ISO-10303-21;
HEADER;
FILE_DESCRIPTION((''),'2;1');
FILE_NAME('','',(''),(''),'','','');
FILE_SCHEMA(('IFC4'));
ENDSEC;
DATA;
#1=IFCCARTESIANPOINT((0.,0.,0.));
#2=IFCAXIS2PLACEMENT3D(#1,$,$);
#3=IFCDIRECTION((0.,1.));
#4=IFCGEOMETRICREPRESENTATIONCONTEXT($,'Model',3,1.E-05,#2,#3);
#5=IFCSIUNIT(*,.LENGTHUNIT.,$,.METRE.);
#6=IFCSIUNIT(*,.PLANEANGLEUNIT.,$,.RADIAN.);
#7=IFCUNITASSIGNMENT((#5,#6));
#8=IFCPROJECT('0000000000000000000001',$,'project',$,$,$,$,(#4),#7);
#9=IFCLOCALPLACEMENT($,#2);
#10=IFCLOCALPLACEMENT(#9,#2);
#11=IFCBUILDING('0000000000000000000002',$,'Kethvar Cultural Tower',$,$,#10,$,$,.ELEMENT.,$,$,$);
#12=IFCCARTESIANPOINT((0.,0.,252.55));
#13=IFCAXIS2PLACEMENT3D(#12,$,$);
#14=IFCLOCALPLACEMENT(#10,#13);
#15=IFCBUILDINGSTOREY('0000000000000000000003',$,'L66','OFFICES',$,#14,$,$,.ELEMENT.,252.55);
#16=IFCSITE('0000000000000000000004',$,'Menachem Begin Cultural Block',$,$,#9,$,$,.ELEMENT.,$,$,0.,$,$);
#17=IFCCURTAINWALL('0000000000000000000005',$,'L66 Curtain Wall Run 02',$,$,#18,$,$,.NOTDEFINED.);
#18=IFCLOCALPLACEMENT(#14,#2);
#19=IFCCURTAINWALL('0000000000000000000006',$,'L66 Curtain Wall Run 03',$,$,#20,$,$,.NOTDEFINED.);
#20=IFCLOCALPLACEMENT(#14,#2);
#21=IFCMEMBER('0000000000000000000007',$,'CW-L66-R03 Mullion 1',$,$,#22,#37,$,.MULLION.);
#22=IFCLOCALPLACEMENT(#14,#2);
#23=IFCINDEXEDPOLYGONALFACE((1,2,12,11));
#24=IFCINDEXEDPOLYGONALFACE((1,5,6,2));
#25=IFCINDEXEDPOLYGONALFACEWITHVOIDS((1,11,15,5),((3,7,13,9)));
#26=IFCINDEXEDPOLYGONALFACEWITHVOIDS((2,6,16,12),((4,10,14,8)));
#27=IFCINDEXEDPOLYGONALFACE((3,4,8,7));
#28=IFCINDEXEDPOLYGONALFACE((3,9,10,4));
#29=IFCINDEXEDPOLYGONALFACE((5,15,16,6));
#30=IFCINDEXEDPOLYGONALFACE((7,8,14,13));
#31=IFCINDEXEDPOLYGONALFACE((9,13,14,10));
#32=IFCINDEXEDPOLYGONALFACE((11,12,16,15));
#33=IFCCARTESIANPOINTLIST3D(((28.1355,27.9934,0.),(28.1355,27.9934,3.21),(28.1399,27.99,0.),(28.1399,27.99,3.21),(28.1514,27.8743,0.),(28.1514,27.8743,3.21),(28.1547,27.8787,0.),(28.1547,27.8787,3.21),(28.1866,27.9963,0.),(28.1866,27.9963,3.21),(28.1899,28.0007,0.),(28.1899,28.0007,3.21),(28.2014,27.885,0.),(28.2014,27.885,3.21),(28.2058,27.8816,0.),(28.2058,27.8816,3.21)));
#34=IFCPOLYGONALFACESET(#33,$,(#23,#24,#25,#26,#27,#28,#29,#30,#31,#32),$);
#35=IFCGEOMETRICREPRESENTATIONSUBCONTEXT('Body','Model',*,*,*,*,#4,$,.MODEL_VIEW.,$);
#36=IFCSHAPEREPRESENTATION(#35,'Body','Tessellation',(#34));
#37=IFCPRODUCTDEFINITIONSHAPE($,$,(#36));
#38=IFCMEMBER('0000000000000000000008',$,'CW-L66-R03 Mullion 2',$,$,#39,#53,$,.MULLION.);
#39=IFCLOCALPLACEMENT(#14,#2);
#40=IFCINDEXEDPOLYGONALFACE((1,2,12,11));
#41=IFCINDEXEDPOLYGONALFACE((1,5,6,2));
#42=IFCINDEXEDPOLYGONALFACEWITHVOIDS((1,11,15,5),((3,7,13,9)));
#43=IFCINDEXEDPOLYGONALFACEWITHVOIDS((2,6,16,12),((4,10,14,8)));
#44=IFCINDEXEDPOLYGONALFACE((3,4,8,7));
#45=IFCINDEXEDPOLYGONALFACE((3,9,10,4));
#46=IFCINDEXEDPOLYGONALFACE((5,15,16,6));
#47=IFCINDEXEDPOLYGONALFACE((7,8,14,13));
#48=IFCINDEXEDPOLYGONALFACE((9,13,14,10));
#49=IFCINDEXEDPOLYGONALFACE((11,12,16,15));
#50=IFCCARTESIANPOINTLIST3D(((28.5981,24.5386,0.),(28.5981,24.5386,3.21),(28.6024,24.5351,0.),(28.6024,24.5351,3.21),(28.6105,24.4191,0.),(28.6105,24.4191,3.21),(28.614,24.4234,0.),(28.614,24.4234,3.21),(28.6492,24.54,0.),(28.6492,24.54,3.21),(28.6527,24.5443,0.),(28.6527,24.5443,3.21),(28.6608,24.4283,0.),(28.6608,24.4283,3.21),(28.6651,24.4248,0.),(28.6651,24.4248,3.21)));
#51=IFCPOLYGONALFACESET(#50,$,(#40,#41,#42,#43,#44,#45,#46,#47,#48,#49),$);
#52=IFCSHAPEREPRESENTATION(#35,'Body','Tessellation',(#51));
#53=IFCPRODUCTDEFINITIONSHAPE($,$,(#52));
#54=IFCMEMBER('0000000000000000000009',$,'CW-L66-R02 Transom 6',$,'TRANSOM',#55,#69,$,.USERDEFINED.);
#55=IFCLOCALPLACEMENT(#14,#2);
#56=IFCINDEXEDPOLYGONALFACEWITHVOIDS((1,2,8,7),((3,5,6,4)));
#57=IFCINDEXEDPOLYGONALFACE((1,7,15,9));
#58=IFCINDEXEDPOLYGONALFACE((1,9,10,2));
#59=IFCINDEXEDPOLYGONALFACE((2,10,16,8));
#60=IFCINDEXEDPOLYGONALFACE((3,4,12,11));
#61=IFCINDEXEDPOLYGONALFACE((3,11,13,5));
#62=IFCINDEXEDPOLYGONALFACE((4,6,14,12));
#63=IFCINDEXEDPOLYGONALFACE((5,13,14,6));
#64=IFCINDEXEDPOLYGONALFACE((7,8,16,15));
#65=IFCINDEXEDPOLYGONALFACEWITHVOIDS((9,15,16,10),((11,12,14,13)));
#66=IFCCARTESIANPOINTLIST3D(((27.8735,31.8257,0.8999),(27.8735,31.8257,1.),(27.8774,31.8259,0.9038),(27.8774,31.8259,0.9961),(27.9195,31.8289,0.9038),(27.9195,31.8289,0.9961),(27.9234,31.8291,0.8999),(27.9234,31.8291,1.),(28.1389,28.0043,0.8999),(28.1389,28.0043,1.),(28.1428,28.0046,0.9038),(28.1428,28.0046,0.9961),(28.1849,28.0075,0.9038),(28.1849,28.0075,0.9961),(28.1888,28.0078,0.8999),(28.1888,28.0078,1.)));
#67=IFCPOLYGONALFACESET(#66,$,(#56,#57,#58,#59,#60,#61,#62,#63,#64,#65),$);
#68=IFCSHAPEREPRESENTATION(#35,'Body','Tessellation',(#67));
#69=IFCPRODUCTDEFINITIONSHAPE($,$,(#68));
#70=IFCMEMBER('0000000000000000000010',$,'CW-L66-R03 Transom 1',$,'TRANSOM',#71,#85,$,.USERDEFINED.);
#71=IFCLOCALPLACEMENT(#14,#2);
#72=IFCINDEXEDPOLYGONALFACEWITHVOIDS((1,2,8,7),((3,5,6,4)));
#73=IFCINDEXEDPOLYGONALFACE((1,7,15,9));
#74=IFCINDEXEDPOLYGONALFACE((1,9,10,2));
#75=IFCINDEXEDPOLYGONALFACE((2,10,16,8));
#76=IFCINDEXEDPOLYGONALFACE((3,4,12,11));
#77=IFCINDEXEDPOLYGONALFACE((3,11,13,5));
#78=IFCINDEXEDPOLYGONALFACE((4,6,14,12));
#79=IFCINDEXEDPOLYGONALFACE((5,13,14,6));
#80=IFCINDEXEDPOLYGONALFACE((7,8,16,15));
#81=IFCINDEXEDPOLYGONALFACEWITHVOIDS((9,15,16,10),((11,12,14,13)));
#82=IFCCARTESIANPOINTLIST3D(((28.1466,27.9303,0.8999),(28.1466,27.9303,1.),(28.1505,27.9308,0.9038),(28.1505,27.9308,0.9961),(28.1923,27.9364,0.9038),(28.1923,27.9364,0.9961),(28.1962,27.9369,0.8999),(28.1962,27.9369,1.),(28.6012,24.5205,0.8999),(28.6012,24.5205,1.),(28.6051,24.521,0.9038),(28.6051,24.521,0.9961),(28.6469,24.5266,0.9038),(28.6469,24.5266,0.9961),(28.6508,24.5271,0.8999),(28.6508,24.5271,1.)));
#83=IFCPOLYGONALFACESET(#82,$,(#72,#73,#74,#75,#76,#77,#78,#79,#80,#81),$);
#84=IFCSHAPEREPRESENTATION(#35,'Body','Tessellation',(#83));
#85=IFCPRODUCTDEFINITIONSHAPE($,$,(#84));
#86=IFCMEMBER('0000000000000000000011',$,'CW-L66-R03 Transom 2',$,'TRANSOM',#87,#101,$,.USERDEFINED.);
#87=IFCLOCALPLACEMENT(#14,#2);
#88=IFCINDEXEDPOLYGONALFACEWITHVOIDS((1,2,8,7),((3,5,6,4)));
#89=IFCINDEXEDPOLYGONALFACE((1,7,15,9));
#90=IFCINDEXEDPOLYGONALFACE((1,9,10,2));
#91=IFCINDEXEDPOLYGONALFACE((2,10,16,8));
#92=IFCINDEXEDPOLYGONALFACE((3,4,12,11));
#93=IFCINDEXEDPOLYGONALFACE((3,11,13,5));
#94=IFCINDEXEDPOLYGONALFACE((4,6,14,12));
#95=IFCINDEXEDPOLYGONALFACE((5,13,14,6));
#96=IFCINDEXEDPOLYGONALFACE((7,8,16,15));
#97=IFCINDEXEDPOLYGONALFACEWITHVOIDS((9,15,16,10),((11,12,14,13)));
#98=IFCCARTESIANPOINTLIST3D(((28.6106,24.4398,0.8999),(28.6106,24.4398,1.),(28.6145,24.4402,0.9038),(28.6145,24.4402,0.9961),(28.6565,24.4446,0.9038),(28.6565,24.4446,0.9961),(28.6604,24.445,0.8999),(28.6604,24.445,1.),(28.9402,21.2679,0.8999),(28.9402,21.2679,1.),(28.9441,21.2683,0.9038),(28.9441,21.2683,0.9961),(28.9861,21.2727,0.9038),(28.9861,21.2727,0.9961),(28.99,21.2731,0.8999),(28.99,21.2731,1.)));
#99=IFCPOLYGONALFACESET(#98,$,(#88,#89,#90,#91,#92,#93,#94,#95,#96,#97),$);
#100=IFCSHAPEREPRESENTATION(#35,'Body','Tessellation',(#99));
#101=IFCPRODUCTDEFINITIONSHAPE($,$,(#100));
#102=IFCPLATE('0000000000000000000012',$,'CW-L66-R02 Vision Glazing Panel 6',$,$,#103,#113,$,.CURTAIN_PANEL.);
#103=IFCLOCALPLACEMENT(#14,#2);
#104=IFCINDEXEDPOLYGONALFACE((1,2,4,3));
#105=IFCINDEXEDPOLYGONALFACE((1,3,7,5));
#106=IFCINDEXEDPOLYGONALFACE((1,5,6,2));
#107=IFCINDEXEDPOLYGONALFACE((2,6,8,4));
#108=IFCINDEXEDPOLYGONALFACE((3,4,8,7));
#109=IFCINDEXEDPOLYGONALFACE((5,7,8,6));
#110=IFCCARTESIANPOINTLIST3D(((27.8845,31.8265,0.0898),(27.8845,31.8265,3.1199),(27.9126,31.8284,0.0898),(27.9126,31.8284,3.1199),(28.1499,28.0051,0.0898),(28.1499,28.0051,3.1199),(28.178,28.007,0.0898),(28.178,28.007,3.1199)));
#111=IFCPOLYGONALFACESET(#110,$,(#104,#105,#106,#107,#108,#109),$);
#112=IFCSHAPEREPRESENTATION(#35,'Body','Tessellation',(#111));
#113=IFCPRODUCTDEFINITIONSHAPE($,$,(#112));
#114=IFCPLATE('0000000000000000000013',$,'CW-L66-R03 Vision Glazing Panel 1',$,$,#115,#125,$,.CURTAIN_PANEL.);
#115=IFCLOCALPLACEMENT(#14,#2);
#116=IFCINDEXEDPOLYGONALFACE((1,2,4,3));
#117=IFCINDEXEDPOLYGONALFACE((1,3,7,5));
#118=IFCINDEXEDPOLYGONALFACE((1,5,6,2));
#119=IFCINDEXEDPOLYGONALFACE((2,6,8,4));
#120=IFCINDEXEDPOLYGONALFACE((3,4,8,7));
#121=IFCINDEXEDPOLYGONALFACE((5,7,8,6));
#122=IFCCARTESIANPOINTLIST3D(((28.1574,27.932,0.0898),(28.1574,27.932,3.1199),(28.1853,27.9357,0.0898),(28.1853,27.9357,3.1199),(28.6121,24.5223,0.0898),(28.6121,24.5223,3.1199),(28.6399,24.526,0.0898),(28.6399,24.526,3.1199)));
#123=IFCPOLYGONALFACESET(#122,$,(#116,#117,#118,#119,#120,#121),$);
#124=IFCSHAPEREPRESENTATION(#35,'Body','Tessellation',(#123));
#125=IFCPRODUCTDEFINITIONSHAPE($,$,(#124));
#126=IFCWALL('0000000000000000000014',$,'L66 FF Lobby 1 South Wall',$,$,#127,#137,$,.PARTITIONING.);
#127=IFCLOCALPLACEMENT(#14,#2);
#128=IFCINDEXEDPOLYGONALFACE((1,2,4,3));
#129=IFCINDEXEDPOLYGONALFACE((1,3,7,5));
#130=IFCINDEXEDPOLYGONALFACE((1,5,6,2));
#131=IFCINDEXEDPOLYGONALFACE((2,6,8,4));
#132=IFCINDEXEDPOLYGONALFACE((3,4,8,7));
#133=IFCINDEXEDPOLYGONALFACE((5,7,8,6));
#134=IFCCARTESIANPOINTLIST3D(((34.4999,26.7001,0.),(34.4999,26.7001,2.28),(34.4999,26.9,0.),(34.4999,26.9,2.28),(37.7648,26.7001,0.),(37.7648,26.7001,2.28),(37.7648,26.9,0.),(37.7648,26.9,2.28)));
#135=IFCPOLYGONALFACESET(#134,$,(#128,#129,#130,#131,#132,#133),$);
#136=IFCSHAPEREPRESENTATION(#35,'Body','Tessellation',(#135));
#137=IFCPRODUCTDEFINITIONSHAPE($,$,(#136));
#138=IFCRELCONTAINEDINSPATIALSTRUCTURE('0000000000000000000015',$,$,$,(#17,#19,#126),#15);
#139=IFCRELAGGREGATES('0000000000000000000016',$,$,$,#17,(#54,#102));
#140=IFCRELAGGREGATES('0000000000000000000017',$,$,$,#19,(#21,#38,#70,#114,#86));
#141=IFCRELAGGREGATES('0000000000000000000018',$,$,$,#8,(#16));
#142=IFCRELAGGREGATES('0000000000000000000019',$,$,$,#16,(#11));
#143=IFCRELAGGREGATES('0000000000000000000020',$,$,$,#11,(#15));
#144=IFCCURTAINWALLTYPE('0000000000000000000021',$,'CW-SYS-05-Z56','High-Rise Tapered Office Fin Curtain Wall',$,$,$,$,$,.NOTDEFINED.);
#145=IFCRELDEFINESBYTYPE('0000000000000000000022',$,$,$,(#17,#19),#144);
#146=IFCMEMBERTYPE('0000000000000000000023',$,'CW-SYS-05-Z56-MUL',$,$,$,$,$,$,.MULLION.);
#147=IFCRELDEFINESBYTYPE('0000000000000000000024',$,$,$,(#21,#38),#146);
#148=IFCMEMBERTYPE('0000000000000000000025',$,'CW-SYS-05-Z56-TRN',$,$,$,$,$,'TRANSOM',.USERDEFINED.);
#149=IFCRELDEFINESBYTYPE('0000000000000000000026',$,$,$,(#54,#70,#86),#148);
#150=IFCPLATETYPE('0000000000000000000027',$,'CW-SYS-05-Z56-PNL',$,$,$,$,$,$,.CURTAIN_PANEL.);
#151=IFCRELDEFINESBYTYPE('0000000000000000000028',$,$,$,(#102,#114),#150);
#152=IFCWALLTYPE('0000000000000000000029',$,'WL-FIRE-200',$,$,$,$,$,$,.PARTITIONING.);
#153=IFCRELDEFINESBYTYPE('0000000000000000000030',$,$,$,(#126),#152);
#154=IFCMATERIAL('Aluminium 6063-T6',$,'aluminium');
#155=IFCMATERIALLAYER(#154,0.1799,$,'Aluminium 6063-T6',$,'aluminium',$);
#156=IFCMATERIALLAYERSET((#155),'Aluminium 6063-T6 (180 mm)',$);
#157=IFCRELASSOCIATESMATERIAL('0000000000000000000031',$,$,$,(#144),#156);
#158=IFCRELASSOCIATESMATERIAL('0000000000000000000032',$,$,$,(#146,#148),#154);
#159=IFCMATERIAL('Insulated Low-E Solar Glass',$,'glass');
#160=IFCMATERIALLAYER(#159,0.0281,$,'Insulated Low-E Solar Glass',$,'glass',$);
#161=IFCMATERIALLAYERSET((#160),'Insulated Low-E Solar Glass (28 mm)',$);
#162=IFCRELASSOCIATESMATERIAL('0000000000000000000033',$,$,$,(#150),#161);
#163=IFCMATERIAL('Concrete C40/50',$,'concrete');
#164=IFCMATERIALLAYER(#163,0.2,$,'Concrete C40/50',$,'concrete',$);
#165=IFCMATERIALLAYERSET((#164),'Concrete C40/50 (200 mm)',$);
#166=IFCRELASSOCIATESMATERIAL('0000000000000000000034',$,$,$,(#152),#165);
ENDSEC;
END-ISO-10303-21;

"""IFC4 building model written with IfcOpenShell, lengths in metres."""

from ifc_helpers import new_model, si_unit, direction, frame, frame_2d, origin, origin_2d, place, context, subcontext, project, spatial, rectangle, hollow_rectangle, extrude, source, transform, mapped, material, layer, layer_set, material_profile, profile_set, type_object, element, aggregate, save


model = new_model("IFC4")

# Units and contexts
model_context = context("Model", 3, precision=1e-05, world=origin(), true_north=direction((0.0, 1.0)))
body_context = subcontext(model_context, "Body", "Model", "MODEL_VIEW")
ifc_project = project(units=[si_unit("LENGTHUNIT", "METRE"), si_unit("PLANEANGLEUNIT", "RADIAN")], contexts=[model_context])

# Site, building, storey
site_placement = place(None, origin())
site = spatial("IfcSite", under=ifc_project, at=site_placement, Name="Menachem Begin Cultural Block", CompositionType="ELEMENT", RefElevation=0.0)
building_placement = place(site_placement, origin())
building = spatial("IfcBuilding", under=site, at=building_placement, Name="Kethvar Cultural Tower", CompositionType="ELEMENT")
storey_placement = place(building_placement, frame((0.0, 0.0, 252.55)))
storey = spatial("IfcBuildingStorey", under=building, at=storey_placement, Name="L66", Description="OFFICES", CompositionType="ELEMENT", Elevation=252.55)

# Curtain walls, members
ifc_material_1 = material(Name="Aluminium 6063-T6", Category="aluminium")
ifc_layer_1 = layer(ifc_material_1, 0.1799, Name="Aluminium 6063-T6", Category="aluminium")
ifc_layer_set_1 = layer_set([ifc_layer_1], Name="Aluminium 6063-T6 (180 mm)")
curtain_wall_type = type_object("IfcCurtainWallType", Name="CW-SYS-05-Z56", Description="High-Rise Tapered Office Fin Curtain Wall", PredefinedType="NOTDEFINED", material=ifc_layer_set_1)
curtain_wall_1_placement = place(storey_placement, origin())
curtain_wall_1 = element("IfcCurtainWall", 1, at=curtain_wall_1_placement, inside=storey, type_object=curtain_wall_type, Name="L66 Curtain Wall Run 02", PredefinedType="NOTDEFINED")
ifc_material_profile_1 = material_profile(ifc_material_1, hollow_rectangle(XDim=0.0549, YDim=0.1201, WallThickness=0.0039, at=origin_2d()), Name="Aluminium 6063-T6 — RHS120x55x4")
ifc_profile_set_1 = profile_set([ifc_material_profile_1], Name="Aluminium 6063-T6 — RHS120x55x4")
member_type_1 = type_object("IfcMemberType", Name="CW-SYS-05-Z56-MUL", PredefinedType="MULLION", material=ifc_profile_set_1)
shared_shape_1 = source(origin(), body_context, "Body", "SweptSolid", [
    extrude(hollow_rectangle(XDim=0.0549, YDim=0.1201, WallThickness=0.0039, at=origin_2d()), origin(), (0.0, 0.0, 1.0), 3.21),
])
curtain_wall_2_placement = place(storey_placement, origin())
curtain_wall_2 = element("IfcCurtainWall", 2, at=curtain_wall_2_placement, inside=storey, type_object=curtain_wall_type, Name="L66 Curtain Wall Run 03", PredefinedType="NOTDEFINED")
member_1_placement = place(storey_placement, frame((28.1707, 27.9375, 0.0), z_axis=(0.0, 0.0, 1.0), x_axis=(0.991227, 0.13217, 0.0)))
member_1 = element("IfcMember", 3, at=member_1_placement, type_object=member_type_1, Name="CW-L66-R03 Mullion 1", PredefinedType="MULLION", context=body_context, shape_type="MappedRepresentation", body=[
    mapped(shared_shape_1, transform((0.0, 0.0, 0.0), scale=1.0)),
])
member_2_placement = place(storey_placement, frame((28.6316, 24.4817, 0.0), z_axis=(0.0, 0.0, 1.0), x_axis=(0.994643, 0.103365, 0.0)))
member_2 = element("IfcMember", 4, at=member_2_placement, type_object=member_type_1, Name="CW-L66-R03 Mullion 2", PredefinedType="MULLION", context=body_context, shape_type="MappedRepresentation", body=[
    mapped(shared_shape_1, transform((0.0, 0.0, 0.0), scale=1.0)),
])

# Members
ifc_material_profile_2 = material_profile(ifc_material_1, hollow_rectangle(XDim=0.05, YDim=0.1001, WallThickness=0.0039, at=origin_2d()), Name="Aluminium 6063-T6 — RHS100x50x4")
ifc_profile_set_2 = profile_set([ifc_material_profile_2], Name="Aluminium 6063-T6 — RHS100x50x4")
member_type_2 = type_object("IfcMemberType", Name="CW-SYS-05-Z56-TRN", ElementType="TRANSOM", PredefinedType="USERDEFINED", material=ifc_profile_set_2)
shared_shape_2 = source(origin(), body_context, "Body", "SweptSolid", [
    extrude(hollow_rectangle(XDim=0.05, YDim=0.1001, WallThickness=0.0039, at=origin_2d()), origin(), (0.0, 0.0, 1.0), 3.8306),
])
member_3_placement = place(storey_placement, frame((27.8984, 31.8274, 0.95), z_axis=(0.069281, -0.997597, 0.0), x_axis=(0.997597, 0.069281, 0.0)))
member_3 = element("IfcMember", 5, at=member_3_placement, type_object=member_type_2, Name="CW-L66-R02 Transom 6", ObjectType="TRANSOM", PredefinedType="USERDEFINED", context=body_context, shape_type="MappedRepresentation", body=[
    mapped(shared_shape_2, transform((0.0, 0.0, 0.0), scale=1.0)),
])
shared_shape_3 = source(origin(), body_context, "Body", "SweptSolid", [
    extrude(hollow_rectangle(XDim=0.05, YDim=0.1001, WallThickness=0.0039, at=origin_2d()), origin(), (0.0, 0.0, 1.0), 3.4399),
])
member_4_placement = place(storey_placement, frame((28.1714, 27.9336, 0.95), z_axis=(0.132154, -0.991229, 0.0), x_axis=(0.991229, 0.132154, 0.0)))
member_4 = element("IfcMember", 6, at=member_4_placement, type_object=member_type_2, Name="CW-L66-R03 Transom 1", ObjectType="TRANSOM", PredefinedType="USERDEFINED", context=body_context, shape_type="MappedRepresentation", body=[
    mapped(shared_shape_3, transform((0.0, 0.0, 0.0), scale=1.0)),
])
shared_shape_4 = source(origin(), body_context, "Body", "SweptSolid", [
    extrude(hollow_rectangle(XDim=0.05, YDim=0.1001, WallThickness=0.0039, at=origin_2d()), origin(), (0.0, 0.0, 1.0), 3.189),
])
member_5_placement = place(storey_placement, frame((28.6355, 24.4424, 0.95), z_axis=(0.103354, -0.994645, 0.0), x_axis=(0.994645, 0.103354, 0.0)))
member_5 = element("IfcMember", 7, at=member_5_placement, type_object=member_type_2, Name="CW-L66-R03 Transom 2", ObjectType="TRANSOM", PredefinedType="USERDEFINED", context=body_context, shape_type="MappedRepresentation", body=[
    mapped(shared_shape_4, transform((0.0, 0.0, 0.0), scale=1.0)),
])

# Plates
ifc_material_2 = material(Name="Insulated Low-E Solar Glass", Category="glass")
ifc_layer_2 = layer(ifc_material_2, 0.0281, Name="Insulated Low-E Solar Glass", Category="glass")
ifc_layer_set_2 = layer_set([ifc_layer_2], Name="Insulated Low-E Solar Glass (28 mm)")
plate_type = type_object("IfcPlateType", Name="CW-SYS-05-Z56-PNL", PredefinedType="CURTAIN_PANEL", material=ifc_layer_set_2)
shared_shape_5 = source(origin(), body_context, "Body", "SweptSolid", [
    extrude(rectangle(XDim=3.8306, YDim=0.0281, at=origin_2d()), origin(), (0.0, 0.0, 1.0), 3.03),
])
plate_1_placement = place(storey_placement, frame((28.0312, 29.9167, 0.0898), z_axis=(0.0, 0.0, 1.0), x_axis=(0.069286, -0.997597, 0.0)))
plate_1 = element("IfcPlate", 8, at=plate_1_placement, type_object=plate_type, Name="CW-L66-R02 Vision Glazing Panel 6", PredefinedType="CURTAIN_PANEL", context=body_context, shape_type="MappedRepresentation", body=[
    mapped(shared_shape_5, transform((0.0, 0.0, 0.0), scale=1.0)),
])
aggregate(curtain_wall_1, [member_3, plate_1])
shared_shape_6 = source(origin(), body_context, "Body", "SweptSolid", [
    extrude(rectangle(XDim=3.4399, YDim=0.0281, at=origin_2d()), origin(), (0.0, 0.0, 1.0), 3.03),
])
plate_2_placement = place(storey_placement, frame((28.3987, 26.229, 0.0898), z_axis=(0.0, 0.0, 1.0), x_axis=(0.13217, -0.991227, 0.0)))
plate_2 = element("IfcPlate", 9, at=plate_2_placement, type_object=plate_type, Name="CW-L66-R03 Vision Glazing Panel 1", PredefinedType="CURTAIN_PANEL", context=body_context, shape_type="MappedRepresentation", body=[
    mapped(shared_shape_6, transform((0.0, 0.0, 0.0), scale=1.0)),
])
aggregate(curtain_wall_2, [member_1, member_2, member_4, plate_2, member_5])

# Shared definitions
ifc_material_3 = material(Name="Concrete C40/50", Category="concrete")
ifc_layer_3 = layer(ifc_material_3, 0.2, Name="Concrete C40/50", Category="concrete")
ifc_layer_set_3 = layer_set([ifc_layer_3], Name="Concrete C40/50 (200 mm)")
wall_type = type_object("IfcWallType", Name="WL-FIRE-200", PredefinedType="PARTITIONING", material=ifc_layer_set_3)

# Wall
wall_1_placement = place(storey_placement, frame((34.5, 26.8, 0.0), z_axis=(0.0, 0.0, 1.0), x_axis=(1.0, 0.0, 0.0)))
element("IfcWall", 10, at=wall_1_placement, inside=storey, type_object=wall_type, Name="L66 FF Lobby 1 South Wall", PredefinedType="PARTITIONING", context=body_context, shape_type="SweptSolid", body=[
    extrude(rectangle(XDim=3.2649, YDim=0.2, at=frame_2d((1.6323, 0.0))), origin(), (0.0, 0.0, 1.0), 2.28),
])

save(model, "model.ifc")
